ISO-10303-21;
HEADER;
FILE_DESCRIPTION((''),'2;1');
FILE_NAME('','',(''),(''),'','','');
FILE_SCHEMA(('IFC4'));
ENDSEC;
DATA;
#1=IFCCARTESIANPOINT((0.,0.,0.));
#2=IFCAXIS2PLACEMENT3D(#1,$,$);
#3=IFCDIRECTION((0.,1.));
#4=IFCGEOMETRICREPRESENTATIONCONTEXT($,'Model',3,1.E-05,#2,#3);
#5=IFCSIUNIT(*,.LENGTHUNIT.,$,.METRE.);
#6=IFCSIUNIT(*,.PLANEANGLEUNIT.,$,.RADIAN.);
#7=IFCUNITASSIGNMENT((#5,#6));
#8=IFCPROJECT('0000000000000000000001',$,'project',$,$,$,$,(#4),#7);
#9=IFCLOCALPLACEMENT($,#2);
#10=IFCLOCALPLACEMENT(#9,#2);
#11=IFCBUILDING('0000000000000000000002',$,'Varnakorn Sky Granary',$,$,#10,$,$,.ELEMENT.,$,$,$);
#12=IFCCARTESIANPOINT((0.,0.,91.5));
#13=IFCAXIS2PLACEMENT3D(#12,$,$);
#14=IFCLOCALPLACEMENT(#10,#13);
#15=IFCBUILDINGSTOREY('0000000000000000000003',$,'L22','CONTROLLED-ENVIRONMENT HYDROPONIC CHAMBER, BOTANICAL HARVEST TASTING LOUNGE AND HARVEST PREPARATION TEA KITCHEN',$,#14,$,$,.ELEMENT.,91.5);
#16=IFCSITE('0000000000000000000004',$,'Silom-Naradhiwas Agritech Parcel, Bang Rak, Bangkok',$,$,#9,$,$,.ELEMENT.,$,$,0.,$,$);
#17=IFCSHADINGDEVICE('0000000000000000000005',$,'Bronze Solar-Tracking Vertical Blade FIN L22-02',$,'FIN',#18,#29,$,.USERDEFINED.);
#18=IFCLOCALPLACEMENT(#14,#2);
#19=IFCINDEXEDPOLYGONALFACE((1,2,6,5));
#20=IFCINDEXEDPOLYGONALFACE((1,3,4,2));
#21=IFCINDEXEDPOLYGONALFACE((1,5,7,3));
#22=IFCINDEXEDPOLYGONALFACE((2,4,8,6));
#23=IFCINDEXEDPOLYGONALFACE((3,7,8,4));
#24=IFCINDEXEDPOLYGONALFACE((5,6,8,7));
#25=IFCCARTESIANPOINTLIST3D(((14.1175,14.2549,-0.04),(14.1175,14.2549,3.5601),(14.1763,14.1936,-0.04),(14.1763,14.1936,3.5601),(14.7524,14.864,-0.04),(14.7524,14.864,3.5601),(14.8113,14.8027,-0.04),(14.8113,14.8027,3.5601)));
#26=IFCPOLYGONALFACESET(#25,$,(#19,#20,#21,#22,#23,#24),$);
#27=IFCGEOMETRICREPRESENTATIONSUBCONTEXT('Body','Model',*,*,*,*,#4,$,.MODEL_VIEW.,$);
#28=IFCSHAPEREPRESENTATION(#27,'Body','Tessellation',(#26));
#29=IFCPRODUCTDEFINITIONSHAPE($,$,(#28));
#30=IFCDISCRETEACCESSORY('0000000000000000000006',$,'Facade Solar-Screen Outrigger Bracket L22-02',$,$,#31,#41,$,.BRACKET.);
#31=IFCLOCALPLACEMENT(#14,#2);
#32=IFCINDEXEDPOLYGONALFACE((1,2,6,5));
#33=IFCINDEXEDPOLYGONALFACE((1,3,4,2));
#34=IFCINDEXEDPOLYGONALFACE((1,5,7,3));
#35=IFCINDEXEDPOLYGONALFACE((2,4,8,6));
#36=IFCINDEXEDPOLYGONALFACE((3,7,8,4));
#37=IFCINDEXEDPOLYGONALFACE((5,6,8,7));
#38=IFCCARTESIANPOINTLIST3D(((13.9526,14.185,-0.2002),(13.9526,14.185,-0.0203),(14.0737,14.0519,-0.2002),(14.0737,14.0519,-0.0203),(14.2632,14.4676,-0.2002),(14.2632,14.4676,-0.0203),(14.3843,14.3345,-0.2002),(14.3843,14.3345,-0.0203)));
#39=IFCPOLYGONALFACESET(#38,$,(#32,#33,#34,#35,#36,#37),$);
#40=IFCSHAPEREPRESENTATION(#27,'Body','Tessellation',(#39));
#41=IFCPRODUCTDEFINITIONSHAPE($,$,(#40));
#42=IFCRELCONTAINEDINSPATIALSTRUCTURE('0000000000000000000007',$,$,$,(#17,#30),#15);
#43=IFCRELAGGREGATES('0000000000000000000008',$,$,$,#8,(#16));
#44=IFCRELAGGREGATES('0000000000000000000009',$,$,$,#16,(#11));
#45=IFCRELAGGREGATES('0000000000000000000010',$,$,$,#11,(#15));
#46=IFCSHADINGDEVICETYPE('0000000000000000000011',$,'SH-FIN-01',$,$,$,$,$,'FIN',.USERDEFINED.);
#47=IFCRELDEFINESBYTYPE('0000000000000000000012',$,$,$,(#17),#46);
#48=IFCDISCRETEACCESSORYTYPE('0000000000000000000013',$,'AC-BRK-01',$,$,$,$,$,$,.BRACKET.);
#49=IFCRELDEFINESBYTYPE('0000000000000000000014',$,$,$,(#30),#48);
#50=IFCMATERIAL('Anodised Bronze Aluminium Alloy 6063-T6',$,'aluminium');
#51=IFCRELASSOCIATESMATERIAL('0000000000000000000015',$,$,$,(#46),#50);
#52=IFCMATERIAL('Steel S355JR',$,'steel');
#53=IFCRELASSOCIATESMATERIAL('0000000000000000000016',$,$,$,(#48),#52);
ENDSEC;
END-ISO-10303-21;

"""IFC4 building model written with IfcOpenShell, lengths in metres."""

from ifc_helpers import new_model, si_unit, direction, frame, origin, origin_2d, place, context, subcontext, project, spatial, rectangle, extrude, source, transform, mapped, material, type_object, type_shapes, element, save


model = new_model("IFC4")

# Units and contexts
model_context = context("Model", 3, precision=1e-05, world=origin(), true_north=direction((0.0, 1.0)))
body_context = subcontext(model_context, "Body", "Model", "MODEL_VIEW")
ifc_project = project(units=[si_unit("LENGTHUNIT", "METRE"), si_unit("PLANEANGLEUNIT", "RADIAN")], contexts=[model_context])

# Site, building, storey
site_placement = place(None, origin())
site = spatial("IfcSite", under=ifc_project, at=site_placement, Name="Silom-Naradhiwas Agritech Parcel, Bang Rak, Bangkok", CompositionType="ELEMENT", RefElevation=0.0)
building_placement = place(site_placement, origin())
building = spatial("IfcBuilding", under=site, at=building_placement, Name="Varnakorn Sky Granary", CompositionType="ELEMENT")
storey_placement = place(building_placement, frame((0.0, 0.0, 91.5)))
storey = spatial("IfcBuildingStorey", under=building, at=storey_placement, Name="L22", Description="CONTROLLED-ENVIRONMENT HYDROPONIC CHAMBER, BOTANICAL HARVEST TASTING LOUNGE AND HARVEST PREPARATION TEA KITCHEN", CompositionType="ELEMENT", Elevation=91.5)

# Shared definitions
ifc_material_1 = material(Name="Steel S355JR", Category="steel")

# Shared definitions
ifc_material_2 = material(Name="Anodised Bronze Aluminium Alloy 6063-T6", Category="aluminium")

# Shading device
shading_device_type = type_object("IfcShadingDeviceType", Name="SH-FIN-01", ElementType="FIN", PredefinedType="USERDEFINED", material=ifc_material_2)
shared_shape_1 = source(origin(), body_context, "Body", "SweptSolid", [
    extrude(rectangle(XDim=0.085, YDim=0.8799, at=origin_2d()), origin(), (0.0, 0.0, 1.0), 3.6001),
])
type_shapes(shading_device_type, [shared_shape_1])
shading_device_placement = place(storey_placement, frame((14.4644, 14.5288, -0.04), z_axis=(0.0, 0.0, 1.0), x_axis=(-0.692243, 0.721664, 0.0)))
element("IfcShadingDevice", 1, at=shading_device_placement, inside=storey, type_object=shading_device_type, Name="Bronze Solar-Tracking Vertical Blade FIN L22-02", ObjectType="FIN", PredefinedType="USERDEFINED", context=body_context, shape_type="MappedRepresentation", body=[
    mapped(shared_shape_1, transform((0.0, 0.0, 0.0), x_axis=(1.0, 0.0, 0.0), y_axis=(0.0, 1.0, 0.0), z_axis=(0.0, 0.0, 1.0), scale=1.0)),
])

# Discrete accessory
discrete_accessory_type = type_object("IfcDiscreteAccessoryType", Name="AC-BRK-01", PredefinedType="BRACKET", material=ifc_material_1)
shared_shape_2 = source(origin(), body_context, "Body", "SweptSolid", [
    extrude(rectangle(XDim=0.1799, YDim=0.4199, at=origin_2d()), origin(), (0.0, 0.0, 1.0), 0.1799),
])
type_shapes(discrete_accessory_type, [shared_shape_2])
discrete_accessory_placement = place(storey_placement, frame((14.1685, 14.2598, -0.2002), z_axis=(0.0, 0.0, 1.0), x_axis=(-0.673076, 0.739573, 0.0)))
element("IfcDiscreteAccessory", 2, at=discrete_accessory_placement, inside=storey, type_object=discrete_accessory_type, Name="Facade Solar-Screen Outrigger Bracket L22-02", PredefinedType="BRACKET", context=body_context, shape_type="MappedRepresentation", body=[
    mapped(shared_shape_2, transform((0.0, 0.0, 0.0), x_axis=(1.0, 0.0, 0.0), y_axis=(0.0, 1.0, 0.0), z_axis=(0.0, 0.0, 1.0), scale=1.0)),
])

save(model, "model.ifc")
